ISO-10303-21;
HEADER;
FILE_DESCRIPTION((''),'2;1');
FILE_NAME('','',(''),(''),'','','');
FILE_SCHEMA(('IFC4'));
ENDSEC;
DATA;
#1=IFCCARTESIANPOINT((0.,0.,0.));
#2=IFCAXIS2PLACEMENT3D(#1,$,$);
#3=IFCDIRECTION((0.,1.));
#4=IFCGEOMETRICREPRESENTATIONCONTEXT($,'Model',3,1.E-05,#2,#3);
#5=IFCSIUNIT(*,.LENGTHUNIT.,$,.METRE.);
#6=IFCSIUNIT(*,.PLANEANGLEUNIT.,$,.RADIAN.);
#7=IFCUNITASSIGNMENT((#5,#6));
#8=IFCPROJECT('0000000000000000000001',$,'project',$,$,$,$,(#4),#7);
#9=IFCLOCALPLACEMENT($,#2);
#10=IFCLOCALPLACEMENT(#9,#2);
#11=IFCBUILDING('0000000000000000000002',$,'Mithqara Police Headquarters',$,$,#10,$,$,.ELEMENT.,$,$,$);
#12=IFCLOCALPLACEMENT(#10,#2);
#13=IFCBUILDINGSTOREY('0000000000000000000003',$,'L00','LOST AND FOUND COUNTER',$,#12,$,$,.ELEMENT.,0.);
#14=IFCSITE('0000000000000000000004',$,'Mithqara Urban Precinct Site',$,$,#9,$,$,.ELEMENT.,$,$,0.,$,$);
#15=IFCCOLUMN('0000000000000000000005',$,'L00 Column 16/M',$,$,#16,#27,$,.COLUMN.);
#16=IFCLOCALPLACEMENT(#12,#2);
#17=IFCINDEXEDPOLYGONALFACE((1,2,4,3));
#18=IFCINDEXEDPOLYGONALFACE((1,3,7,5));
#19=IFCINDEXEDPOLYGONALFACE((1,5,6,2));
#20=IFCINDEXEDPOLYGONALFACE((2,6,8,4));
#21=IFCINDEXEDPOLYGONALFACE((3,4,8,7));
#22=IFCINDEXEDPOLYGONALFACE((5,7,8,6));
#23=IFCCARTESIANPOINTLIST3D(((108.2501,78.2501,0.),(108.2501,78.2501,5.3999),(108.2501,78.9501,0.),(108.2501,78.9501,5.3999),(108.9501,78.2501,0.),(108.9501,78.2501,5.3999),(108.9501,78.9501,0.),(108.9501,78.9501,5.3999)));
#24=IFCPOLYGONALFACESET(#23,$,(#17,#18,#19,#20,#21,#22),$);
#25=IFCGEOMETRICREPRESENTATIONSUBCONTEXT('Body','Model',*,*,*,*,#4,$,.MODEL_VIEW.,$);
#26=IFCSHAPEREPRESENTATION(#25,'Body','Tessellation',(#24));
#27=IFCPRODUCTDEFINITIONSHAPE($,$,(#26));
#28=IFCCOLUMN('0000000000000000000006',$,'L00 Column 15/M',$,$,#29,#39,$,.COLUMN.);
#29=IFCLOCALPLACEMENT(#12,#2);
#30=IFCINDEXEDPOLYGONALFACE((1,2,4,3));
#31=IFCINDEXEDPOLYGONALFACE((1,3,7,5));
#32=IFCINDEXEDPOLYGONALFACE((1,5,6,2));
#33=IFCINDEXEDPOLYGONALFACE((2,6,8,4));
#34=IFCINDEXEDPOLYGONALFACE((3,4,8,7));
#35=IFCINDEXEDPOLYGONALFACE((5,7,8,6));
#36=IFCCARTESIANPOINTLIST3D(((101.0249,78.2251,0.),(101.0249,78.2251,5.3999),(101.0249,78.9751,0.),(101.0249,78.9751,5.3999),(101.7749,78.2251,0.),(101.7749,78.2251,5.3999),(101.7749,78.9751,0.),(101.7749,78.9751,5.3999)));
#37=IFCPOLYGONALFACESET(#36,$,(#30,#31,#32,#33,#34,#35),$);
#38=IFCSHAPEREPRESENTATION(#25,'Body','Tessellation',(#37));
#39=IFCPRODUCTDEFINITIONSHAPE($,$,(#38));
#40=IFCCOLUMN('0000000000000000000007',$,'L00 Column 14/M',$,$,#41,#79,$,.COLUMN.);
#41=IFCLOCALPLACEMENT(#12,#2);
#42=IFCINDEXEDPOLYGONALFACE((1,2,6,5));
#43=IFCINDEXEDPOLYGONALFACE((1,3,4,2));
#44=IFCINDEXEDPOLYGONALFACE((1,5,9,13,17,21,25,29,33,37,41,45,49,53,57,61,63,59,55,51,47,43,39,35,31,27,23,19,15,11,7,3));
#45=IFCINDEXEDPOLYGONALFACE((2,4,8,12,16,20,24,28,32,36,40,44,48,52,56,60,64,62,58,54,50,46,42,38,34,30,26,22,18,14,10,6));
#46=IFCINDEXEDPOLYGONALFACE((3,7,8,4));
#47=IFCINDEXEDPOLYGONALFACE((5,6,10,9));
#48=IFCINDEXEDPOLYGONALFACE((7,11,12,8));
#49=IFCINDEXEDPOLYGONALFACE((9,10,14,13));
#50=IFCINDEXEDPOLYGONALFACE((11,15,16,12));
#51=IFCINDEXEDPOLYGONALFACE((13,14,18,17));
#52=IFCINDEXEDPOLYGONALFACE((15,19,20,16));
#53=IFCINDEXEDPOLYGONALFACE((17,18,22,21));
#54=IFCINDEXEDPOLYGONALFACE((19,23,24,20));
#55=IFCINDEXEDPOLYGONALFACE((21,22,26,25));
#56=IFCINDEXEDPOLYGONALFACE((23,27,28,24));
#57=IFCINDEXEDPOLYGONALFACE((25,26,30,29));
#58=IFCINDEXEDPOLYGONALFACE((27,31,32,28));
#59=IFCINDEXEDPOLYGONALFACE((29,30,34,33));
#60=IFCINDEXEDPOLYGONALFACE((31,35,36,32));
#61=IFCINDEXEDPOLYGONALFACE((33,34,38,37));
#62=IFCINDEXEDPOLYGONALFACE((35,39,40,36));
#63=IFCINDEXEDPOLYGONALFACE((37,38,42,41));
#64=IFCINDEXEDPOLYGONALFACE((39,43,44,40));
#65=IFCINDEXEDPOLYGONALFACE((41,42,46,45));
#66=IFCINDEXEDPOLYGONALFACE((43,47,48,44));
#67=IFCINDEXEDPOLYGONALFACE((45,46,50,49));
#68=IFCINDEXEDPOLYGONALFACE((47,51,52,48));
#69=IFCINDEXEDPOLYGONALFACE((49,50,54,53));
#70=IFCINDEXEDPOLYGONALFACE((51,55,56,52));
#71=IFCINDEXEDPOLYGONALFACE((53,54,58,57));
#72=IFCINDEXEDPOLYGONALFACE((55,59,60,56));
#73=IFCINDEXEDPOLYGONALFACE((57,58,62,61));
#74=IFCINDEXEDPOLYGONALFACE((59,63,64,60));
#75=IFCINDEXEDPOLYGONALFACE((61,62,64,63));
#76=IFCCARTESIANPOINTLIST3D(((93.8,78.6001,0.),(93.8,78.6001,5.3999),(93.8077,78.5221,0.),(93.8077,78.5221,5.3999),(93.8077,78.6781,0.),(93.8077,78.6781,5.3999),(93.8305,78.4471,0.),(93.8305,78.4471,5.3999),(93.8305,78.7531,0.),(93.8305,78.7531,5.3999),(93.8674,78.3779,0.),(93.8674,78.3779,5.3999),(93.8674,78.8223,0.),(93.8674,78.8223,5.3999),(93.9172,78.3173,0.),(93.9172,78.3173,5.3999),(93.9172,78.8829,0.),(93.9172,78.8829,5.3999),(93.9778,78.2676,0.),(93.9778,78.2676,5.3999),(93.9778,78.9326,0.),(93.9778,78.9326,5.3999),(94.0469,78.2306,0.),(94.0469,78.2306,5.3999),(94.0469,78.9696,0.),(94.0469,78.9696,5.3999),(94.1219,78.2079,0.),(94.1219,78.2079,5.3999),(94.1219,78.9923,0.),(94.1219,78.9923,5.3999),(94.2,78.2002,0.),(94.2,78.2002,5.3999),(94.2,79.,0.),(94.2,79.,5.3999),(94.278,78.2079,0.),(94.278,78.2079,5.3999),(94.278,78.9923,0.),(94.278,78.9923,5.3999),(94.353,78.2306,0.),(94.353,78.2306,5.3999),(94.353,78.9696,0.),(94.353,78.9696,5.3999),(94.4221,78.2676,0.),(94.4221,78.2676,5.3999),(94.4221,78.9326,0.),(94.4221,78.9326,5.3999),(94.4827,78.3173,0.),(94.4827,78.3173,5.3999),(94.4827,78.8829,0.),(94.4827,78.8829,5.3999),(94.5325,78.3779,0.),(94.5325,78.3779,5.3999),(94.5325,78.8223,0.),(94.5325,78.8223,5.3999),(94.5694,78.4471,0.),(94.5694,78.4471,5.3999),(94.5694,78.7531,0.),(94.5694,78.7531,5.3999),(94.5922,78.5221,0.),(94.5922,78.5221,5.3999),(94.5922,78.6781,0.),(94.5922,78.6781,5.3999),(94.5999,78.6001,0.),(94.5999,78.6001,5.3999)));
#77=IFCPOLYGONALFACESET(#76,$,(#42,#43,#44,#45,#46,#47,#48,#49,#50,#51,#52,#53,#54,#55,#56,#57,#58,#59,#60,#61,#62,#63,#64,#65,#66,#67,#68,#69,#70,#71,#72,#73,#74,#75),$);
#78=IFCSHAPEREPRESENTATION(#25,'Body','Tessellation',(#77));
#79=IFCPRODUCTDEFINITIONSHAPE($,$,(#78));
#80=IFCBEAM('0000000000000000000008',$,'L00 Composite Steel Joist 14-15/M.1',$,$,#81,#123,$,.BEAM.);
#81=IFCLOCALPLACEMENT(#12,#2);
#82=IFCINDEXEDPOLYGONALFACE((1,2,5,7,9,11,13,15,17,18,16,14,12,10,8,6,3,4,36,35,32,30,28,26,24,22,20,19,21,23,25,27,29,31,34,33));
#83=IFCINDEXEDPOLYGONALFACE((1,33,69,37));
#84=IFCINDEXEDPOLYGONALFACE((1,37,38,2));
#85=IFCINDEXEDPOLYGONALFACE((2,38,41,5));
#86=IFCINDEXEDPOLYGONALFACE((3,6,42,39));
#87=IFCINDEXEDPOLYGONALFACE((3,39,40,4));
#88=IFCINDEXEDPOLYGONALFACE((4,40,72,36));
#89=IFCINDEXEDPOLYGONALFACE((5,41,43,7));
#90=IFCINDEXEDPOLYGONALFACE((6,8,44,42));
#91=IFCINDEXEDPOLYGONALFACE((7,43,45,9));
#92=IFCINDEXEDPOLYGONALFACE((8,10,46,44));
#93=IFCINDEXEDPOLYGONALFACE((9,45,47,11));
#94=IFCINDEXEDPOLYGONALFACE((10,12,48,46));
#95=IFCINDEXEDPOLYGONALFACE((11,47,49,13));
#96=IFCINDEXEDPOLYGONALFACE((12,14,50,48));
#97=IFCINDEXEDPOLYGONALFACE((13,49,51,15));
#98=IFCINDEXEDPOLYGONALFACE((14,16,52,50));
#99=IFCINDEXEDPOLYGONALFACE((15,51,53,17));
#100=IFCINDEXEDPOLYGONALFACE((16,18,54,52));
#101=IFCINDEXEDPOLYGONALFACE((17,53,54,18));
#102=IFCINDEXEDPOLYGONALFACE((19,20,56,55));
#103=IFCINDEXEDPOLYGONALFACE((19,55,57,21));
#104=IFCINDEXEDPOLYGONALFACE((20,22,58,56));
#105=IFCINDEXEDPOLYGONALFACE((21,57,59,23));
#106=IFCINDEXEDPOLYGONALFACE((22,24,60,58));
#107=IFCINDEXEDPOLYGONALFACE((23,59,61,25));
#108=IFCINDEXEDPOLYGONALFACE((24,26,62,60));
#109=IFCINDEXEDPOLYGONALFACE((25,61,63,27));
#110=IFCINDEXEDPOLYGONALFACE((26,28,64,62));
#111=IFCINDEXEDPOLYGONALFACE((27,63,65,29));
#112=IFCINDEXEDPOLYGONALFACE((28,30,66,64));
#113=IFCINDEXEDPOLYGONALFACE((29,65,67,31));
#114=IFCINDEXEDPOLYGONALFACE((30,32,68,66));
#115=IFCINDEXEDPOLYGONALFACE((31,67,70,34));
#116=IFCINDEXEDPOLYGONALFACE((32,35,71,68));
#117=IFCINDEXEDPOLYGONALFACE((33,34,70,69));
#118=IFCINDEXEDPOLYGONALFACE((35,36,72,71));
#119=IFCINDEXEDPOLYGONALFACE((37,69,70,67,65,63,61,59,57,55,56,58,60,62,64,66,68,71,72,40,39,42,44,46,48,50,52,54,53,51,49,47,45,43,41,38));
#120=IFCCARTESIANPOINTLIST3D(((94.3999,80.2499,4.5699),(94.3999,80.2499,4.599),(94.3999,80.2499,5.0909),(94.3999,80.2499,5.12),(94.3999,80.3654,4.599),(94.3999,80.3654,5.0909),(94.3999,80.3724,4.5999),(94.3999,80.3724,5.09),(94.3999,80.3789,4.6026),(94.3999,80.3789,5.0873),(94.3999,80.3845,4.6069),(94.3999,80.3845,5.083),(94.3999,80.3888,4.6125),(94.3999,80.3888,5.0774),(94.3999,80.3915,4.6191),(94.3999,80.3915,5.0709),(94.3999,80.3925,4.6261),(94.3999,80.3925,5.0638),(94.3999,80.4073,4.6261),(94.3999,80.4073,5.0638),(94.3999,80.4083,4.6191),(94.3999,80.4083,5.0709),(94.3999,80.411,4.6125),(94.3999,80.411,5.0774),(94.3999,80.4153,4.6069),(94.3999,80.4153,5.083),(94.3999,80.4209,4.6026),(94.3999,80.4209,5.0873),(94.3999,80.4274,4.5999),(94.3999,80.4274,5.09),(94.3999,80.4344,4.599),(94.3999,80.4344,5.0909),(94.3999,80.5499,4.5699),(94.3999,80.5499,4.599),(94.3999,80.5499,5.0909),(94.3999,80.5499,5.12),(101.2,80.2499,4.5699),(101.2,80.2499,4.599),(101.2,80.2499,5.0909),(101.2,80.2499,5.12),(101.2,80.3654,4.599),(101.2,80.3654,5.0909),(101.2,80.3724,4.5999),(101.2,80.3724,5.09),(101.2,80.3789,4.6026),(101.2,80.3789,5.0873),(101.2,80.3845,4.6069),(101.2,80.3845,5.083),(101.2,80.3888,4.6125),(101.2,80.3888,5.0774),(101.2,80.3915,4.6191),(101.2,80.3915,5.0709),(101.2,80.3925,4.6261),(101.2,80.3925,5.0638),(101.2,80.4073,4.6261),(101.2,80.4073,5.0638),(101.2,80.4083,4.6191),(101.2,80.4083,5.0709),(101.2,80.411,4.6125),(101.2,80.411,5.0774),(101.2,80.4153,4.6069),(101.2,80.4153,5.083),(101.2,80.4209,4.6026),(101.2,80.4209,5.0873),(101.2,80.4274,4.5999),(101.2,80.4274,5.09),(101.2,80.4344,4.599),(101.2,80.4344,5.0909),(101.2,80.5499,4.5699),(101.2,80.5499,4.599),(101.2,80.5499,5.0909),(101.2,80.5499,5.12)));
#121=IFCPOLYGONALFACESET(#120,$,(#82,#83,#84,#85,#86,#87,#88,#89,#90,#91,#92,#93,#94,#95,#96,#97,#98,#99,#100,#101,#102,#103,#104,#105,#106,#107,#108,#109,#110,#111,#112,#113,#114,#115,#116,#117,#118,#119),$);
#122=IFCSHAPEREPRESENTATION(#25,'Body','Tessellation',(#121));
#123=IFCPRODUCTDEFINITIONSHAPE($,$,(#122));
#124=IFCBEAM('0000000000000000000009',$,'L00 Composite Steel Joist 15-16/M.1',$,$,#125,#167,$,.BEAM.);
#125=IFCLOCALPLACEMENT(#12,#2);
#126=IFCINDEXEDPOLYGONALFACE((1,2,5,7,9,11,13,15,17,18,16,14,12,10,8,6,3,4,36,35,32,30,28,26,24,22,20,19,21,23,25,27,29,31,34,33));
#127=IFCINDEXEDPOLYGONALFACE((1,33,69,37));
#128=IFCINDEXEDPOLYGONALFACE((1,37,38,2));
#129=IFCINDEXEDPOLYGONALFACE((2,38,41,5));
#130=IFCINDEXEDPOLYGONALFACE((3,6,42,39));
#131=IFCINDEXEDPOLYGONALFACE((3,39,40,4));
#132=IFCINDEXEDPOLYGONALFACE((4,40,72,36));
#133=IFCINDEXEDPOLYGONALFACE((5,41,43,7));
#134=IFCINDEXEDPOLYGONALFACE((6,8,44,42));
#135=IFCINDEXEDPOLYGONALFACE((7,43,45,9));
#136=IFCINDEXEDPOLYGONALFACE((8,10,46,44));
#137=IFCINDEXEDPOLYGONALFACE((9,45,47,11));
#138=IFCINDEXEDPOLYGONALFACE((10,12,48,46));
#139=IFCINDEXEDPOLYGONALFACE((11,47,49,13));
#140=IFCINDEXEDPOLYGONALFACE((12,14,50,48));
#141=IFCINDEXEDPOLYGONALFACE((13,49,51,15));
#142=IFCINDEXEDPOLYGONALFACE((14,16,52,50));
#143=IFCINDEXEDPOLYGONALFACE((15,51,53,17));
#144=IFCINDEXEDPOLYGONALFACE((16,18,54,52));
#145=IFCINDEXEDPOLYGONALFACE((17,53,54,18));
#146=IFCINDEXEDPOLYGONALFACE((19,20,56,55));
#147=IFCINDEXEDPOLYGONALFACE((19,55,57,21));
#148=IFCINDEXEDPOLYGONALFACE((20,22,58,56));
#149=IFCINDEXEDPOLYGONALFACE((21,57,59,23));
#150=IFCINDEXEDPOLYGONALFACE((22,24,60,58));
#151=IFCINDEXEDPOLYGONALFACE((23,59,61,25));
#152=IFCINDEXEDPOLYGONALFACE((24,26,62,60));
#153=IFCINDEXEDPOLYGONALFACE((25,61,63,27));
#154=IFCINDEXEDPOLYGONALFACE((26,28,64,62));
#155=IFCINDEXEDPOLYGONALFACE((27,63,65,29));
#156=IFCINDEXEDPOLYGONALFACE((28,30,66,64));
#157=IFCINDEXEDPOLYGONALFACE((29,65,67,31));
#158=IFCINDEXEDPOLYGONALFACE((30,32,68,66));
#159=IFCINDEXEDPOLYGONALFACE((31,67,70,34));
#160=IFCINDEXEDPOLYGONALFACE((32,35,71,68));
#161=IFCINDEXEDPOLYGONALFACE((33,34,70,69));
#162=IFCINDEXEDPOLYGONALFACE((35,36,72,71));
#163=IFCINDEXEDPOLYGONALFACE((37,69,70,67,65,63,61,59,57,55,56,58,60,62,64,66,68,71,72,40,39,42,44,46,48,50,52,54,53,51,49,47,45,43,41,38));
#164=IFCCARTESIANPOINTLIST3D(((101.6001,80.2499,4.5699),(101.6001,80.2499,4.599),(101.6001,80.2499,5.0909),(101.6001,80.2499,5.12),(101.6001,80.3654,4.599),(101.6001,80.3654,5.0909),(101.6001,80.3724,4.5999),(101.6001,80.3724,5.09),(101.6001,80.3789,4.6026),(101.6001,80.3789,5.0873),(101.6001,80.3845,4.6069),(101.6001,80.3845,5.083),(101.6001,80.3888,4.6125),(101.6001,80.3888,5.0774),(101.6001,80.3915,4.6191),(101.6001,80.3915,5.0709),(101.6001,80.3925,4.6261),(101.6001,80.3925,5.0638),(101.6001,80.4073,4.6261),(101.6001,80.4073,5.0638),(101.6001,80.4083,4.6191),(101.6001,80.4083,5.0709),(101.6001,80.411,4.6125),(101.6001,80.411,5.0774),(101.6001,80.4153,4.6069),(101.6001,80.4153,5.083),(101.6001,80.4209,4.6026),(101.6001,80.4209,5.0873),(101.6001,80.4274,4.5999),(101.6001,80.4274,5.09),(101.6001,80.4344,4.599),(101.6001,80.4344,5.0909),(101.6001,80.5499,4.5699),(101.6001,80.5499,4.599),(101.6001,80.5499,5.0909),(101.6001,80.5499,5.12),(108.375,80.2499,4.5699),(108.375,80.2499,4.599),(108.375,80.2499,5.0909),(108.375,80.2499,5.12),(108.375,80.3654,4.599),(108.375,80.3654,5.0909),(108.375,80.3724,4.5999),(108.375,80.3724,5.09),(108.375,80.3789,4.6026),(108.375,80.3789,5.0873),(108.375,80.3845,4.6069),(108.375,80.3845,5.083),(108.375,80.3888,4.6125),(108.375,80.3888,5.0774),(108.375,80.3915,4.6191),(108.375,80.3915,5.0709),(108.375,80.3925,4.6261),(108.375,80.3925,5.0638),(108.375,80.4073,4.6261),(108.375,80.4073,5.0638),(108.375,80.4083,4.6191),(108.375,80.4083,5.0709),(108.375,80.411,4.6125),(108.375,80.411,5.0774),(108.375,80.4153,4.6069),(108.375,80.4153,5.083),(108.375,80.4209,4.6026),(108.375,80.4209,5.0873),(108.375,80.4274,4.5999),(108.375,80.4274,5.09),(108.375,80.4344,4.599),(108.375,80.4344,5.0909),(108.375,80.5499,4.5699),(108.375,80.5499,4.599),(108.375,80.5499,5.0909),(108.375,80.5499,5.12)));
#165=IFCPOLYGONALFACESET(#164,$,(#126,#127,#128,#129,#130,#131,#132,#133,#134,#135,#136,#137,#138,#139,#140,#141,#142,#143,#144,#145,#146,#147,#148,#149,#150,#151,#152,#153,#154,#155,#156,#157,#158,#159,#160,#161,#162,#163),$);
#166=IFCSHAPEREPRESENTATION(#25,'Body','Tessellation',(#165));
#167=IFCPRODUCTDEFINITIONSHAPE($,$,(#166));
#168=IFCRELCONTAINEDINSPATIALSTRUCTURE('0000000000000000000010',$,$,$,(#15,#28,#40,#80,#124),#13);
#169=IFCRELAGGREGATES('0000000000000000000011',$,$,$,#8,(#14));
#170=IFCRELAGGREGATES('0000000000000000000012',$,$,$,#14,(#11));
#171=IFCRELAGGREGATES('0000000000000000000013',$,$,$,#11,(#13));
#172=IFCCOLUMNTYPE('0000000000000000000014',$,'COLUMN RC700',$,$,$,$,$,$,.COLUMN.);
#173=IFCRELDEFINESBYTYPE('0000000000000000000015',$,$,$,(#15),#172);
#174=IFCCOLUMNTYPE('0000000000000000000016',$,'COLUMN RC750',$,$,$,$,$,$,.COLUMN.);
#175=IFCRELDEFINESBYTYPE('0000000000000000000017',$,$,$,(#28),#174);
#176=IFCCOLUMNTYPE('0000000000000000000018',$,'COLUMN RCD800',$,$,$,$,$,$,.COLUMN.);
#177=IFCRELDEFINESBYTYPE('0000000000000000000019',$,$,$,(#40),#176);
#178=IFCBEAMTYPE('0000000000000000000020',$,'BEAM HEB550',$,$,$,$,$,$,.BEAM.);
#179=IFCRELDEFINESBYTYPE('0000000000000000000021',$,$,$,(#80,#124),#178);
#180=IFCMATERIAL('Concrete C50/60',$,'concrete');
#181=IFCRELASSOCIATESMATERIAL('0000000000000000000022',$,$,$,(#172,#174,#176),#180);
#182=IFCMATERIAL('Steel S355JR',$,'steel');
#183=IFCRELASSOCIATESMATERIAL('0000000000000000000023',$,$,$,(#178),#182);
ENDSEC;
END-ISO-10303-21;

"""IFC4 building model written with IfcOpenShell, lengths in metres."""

from ifc_helpers import new_model, si_unit, direction, frame, origin, origin_2d, place, context, subcontext, project, spatial, rectangle, circle, i_section, extrude, material, material_profile, profile_set, type_object, element, save


model = new_model("IFC4")

# Units and contexts
model_context = context("Model", 3, precision=1e-05, world=origin(), true_north=direction((0.0, 1.0)))
body_context = subcontext(model_context, "Body", "Model", "MODEL_VIEW")
ifc_project = project(units=[si_unit("LENGTHUNIT", "METRE"), si_unit("PLANEANGLEUNIT", "RADIAN")], contexts=[model_context])

# Site, building, storey
site_placement = place(None, origin())
site = spatial("IfcSite", under=ifc_project, at=site_placement, Name="Mithqara Urban Precinct Site", CompositionType="ELEMENT", RefElevation=0.0)
building_placement = place(site_placement, origin())
building = spatial("IfcBuilding", under=site, at=building_placement, Name="Mithqara Police Headquarters", CompositionType="ELEMENT")
storey_placement = place(building_placement, origin())
storey = spatial("IfcBuildingStorey", under=building, at=storey_placement, Name="L00", Description="LOST AND FOUND COUNTER", CompositionType="ELEMENT", Elevation=0.0)

# Columns
ifc_material_1 = material(Name="Concrete C50/60", Category="concrete")
ifc_material_profile_1 = material_profile(ifc_material_1, rectangle(XDim=0.7, YDim=0.7, at=origin_2d()), Name="RC 700x700")
ifc_profile_set_1 = profile_set([ifc_material_profile_1], Name="Concrete C50/60")
column_type_1 = type_object("IfcColumnType", Name="COLUMN RC700", PredefinedType="COLUMN", material=ifc_profile_set_1)
column_1_placement = place(storey_placement, frame((108.6001, 78.6001, 0.0), z_axis=(0.0, 0.0, 1.0), x_axis=(1.0, 0.0, 0.0)))
element("IfcColumn", 1, at=column_1_placement, inside=storey, type_object=column_type_1, Name="L00 Column 16/M", PredefinedType="COLUMN", context=body_context, shape_type="SweptSolid", body=[
    extrude(rectangle(XDim=0.7, YDim=0.7, at=origin_2d()), origin(), (0.0, 0.0, 1.0), 5.3999),
])
ifc_material_profile_2 = material_profile(ifc_material_1, rectangle(XDim=0.75, YDim=0.75, at=origin_2d()), Name="RC 750x750")
ifc_profile_set_2 = profile_set([ifc_material_profile_2], Name="Concrete C50/60")
column_type_2 = type_object("IfcColumnType", Name="COLUMN RC750", PredefinedType="COLUMN", material=ifc_profile_set_2)
column_2_placement = place(storey_placement, frame((101.3999, 78.6001, 0.0), z_axis=(0.0, 0.0, 1.0), x_axis=(1.0, 0.0, 0.0)))
element("IfcColumn", 2, at=column_2_placement, inside=storey, type_object=column_type_2, Name="L00 Column 15/M", PredefinedType="COLUMN", context=body_context, shape_type="SweptSolid", body=[
    extrude(rectangle(XDim=0.75, YDim=0.75, at=origin_2d()), origin(), (0.0, 0.0, 1.0), 5.3999),
])
ifc_material_profile_3 = material_profile(ifc_material_1, circle(Radius=0.3999, at=origin_2d()), Name="RCD 800")
ifc_profile_set_3 = profile_set([ifc_material_profile_3], Name="Concrete C50/60")
column_type_3 = type_object("IfcColumnType", Name="COLUMN RCD800", PredefinedType="COLUMN", material=ifc_profile_set_3)
column_3_placement = place(storey_placement, frame((94.2, 78.6001, 0.0), z_axis=(0.0, 0.0, 1.0), x_axis=(1.0, 0.0, 0.0)))
element("IfcColumn", 3, at=column_3_placement, inside=storey, type_object=column_type_3, Name="L00 Column 14/M", PredefinedType="COLUMN", context=body_context, shape_type="SweptSolid", body=[
    extrude(circle(Radius=0.3999, at=origin_2d()), origin(), (0.0, 0.0, 1.0), 5.3999),
])

# Beams
ifc_material_2 = material(Name="Steel S355JR", Category="steel")
ifc_material_profile_4 = material_profile(ifc_material_2, i_section(OverallWidth=0.3, OverallDepth=0.55, WebThickness=0.0149, FlangeThickness=0.0291, FilletRadius=0.0271, at=origin_2d()), Name="HEB 550")
ifc_profile_set_4 = profile_set([ifc_material_profile_4], Name="Steel S355JR")
beam_type_1 = type_object("IfcBeamType", Name="BEAM HEB550", PredefinedType="BEAM", material=ifc_profile_set_4)
beam_1_placement = place(storey_placement, frame((94.3999, 80.3999, 4.845), z_axis=(1.0, 0.0, 0.0), x_axis=(0.0, 1.0, 0.0)))
element("IfcBeam", 4, at=beam_1_placement, inside=storey, type_object=beam_type_1, Name="L00 Composite Steel Joist 14-15/M.1", PredefinedType="BEAM", context=body_context, shape_type="SweptSolid", body=[
    extrude(i_section(OverallWidth=0.3, OverallDepth=0.55, WebThickness=0.0149, FlangeThickness=0.0291, FilletRadius=0.0271, at=origin_2d()), origin(), (0.0, 0.0, 1.0), 6.8),
])
beam_2_placement = place(storey_placement, frame((101.6001, 80.3999, 4.845), z_axis=(1.0, 0.0, 0.0), x_axis=(0.0, 1.0, 0.0)))
element("IfcBeam", 5, at=beam_2_placement, inside=storey, type_object=beam_type_1, Name="L00 Composite Steel Joist 15-16/M.1", PredefinedType="BEAM", context=body_context, shape_type="SweptSolid", body=[
    extrude(i_section(OverallWidth=0.3, OverallDepth=0.55, WebThickness=0.0149, FlangeThickness=0.0291, FilletRadius=0.0271, at=origin_2d()), origin(), (0.0, 0.0, 1.0), 6.7749),
])

save(model, "model.ifc")
